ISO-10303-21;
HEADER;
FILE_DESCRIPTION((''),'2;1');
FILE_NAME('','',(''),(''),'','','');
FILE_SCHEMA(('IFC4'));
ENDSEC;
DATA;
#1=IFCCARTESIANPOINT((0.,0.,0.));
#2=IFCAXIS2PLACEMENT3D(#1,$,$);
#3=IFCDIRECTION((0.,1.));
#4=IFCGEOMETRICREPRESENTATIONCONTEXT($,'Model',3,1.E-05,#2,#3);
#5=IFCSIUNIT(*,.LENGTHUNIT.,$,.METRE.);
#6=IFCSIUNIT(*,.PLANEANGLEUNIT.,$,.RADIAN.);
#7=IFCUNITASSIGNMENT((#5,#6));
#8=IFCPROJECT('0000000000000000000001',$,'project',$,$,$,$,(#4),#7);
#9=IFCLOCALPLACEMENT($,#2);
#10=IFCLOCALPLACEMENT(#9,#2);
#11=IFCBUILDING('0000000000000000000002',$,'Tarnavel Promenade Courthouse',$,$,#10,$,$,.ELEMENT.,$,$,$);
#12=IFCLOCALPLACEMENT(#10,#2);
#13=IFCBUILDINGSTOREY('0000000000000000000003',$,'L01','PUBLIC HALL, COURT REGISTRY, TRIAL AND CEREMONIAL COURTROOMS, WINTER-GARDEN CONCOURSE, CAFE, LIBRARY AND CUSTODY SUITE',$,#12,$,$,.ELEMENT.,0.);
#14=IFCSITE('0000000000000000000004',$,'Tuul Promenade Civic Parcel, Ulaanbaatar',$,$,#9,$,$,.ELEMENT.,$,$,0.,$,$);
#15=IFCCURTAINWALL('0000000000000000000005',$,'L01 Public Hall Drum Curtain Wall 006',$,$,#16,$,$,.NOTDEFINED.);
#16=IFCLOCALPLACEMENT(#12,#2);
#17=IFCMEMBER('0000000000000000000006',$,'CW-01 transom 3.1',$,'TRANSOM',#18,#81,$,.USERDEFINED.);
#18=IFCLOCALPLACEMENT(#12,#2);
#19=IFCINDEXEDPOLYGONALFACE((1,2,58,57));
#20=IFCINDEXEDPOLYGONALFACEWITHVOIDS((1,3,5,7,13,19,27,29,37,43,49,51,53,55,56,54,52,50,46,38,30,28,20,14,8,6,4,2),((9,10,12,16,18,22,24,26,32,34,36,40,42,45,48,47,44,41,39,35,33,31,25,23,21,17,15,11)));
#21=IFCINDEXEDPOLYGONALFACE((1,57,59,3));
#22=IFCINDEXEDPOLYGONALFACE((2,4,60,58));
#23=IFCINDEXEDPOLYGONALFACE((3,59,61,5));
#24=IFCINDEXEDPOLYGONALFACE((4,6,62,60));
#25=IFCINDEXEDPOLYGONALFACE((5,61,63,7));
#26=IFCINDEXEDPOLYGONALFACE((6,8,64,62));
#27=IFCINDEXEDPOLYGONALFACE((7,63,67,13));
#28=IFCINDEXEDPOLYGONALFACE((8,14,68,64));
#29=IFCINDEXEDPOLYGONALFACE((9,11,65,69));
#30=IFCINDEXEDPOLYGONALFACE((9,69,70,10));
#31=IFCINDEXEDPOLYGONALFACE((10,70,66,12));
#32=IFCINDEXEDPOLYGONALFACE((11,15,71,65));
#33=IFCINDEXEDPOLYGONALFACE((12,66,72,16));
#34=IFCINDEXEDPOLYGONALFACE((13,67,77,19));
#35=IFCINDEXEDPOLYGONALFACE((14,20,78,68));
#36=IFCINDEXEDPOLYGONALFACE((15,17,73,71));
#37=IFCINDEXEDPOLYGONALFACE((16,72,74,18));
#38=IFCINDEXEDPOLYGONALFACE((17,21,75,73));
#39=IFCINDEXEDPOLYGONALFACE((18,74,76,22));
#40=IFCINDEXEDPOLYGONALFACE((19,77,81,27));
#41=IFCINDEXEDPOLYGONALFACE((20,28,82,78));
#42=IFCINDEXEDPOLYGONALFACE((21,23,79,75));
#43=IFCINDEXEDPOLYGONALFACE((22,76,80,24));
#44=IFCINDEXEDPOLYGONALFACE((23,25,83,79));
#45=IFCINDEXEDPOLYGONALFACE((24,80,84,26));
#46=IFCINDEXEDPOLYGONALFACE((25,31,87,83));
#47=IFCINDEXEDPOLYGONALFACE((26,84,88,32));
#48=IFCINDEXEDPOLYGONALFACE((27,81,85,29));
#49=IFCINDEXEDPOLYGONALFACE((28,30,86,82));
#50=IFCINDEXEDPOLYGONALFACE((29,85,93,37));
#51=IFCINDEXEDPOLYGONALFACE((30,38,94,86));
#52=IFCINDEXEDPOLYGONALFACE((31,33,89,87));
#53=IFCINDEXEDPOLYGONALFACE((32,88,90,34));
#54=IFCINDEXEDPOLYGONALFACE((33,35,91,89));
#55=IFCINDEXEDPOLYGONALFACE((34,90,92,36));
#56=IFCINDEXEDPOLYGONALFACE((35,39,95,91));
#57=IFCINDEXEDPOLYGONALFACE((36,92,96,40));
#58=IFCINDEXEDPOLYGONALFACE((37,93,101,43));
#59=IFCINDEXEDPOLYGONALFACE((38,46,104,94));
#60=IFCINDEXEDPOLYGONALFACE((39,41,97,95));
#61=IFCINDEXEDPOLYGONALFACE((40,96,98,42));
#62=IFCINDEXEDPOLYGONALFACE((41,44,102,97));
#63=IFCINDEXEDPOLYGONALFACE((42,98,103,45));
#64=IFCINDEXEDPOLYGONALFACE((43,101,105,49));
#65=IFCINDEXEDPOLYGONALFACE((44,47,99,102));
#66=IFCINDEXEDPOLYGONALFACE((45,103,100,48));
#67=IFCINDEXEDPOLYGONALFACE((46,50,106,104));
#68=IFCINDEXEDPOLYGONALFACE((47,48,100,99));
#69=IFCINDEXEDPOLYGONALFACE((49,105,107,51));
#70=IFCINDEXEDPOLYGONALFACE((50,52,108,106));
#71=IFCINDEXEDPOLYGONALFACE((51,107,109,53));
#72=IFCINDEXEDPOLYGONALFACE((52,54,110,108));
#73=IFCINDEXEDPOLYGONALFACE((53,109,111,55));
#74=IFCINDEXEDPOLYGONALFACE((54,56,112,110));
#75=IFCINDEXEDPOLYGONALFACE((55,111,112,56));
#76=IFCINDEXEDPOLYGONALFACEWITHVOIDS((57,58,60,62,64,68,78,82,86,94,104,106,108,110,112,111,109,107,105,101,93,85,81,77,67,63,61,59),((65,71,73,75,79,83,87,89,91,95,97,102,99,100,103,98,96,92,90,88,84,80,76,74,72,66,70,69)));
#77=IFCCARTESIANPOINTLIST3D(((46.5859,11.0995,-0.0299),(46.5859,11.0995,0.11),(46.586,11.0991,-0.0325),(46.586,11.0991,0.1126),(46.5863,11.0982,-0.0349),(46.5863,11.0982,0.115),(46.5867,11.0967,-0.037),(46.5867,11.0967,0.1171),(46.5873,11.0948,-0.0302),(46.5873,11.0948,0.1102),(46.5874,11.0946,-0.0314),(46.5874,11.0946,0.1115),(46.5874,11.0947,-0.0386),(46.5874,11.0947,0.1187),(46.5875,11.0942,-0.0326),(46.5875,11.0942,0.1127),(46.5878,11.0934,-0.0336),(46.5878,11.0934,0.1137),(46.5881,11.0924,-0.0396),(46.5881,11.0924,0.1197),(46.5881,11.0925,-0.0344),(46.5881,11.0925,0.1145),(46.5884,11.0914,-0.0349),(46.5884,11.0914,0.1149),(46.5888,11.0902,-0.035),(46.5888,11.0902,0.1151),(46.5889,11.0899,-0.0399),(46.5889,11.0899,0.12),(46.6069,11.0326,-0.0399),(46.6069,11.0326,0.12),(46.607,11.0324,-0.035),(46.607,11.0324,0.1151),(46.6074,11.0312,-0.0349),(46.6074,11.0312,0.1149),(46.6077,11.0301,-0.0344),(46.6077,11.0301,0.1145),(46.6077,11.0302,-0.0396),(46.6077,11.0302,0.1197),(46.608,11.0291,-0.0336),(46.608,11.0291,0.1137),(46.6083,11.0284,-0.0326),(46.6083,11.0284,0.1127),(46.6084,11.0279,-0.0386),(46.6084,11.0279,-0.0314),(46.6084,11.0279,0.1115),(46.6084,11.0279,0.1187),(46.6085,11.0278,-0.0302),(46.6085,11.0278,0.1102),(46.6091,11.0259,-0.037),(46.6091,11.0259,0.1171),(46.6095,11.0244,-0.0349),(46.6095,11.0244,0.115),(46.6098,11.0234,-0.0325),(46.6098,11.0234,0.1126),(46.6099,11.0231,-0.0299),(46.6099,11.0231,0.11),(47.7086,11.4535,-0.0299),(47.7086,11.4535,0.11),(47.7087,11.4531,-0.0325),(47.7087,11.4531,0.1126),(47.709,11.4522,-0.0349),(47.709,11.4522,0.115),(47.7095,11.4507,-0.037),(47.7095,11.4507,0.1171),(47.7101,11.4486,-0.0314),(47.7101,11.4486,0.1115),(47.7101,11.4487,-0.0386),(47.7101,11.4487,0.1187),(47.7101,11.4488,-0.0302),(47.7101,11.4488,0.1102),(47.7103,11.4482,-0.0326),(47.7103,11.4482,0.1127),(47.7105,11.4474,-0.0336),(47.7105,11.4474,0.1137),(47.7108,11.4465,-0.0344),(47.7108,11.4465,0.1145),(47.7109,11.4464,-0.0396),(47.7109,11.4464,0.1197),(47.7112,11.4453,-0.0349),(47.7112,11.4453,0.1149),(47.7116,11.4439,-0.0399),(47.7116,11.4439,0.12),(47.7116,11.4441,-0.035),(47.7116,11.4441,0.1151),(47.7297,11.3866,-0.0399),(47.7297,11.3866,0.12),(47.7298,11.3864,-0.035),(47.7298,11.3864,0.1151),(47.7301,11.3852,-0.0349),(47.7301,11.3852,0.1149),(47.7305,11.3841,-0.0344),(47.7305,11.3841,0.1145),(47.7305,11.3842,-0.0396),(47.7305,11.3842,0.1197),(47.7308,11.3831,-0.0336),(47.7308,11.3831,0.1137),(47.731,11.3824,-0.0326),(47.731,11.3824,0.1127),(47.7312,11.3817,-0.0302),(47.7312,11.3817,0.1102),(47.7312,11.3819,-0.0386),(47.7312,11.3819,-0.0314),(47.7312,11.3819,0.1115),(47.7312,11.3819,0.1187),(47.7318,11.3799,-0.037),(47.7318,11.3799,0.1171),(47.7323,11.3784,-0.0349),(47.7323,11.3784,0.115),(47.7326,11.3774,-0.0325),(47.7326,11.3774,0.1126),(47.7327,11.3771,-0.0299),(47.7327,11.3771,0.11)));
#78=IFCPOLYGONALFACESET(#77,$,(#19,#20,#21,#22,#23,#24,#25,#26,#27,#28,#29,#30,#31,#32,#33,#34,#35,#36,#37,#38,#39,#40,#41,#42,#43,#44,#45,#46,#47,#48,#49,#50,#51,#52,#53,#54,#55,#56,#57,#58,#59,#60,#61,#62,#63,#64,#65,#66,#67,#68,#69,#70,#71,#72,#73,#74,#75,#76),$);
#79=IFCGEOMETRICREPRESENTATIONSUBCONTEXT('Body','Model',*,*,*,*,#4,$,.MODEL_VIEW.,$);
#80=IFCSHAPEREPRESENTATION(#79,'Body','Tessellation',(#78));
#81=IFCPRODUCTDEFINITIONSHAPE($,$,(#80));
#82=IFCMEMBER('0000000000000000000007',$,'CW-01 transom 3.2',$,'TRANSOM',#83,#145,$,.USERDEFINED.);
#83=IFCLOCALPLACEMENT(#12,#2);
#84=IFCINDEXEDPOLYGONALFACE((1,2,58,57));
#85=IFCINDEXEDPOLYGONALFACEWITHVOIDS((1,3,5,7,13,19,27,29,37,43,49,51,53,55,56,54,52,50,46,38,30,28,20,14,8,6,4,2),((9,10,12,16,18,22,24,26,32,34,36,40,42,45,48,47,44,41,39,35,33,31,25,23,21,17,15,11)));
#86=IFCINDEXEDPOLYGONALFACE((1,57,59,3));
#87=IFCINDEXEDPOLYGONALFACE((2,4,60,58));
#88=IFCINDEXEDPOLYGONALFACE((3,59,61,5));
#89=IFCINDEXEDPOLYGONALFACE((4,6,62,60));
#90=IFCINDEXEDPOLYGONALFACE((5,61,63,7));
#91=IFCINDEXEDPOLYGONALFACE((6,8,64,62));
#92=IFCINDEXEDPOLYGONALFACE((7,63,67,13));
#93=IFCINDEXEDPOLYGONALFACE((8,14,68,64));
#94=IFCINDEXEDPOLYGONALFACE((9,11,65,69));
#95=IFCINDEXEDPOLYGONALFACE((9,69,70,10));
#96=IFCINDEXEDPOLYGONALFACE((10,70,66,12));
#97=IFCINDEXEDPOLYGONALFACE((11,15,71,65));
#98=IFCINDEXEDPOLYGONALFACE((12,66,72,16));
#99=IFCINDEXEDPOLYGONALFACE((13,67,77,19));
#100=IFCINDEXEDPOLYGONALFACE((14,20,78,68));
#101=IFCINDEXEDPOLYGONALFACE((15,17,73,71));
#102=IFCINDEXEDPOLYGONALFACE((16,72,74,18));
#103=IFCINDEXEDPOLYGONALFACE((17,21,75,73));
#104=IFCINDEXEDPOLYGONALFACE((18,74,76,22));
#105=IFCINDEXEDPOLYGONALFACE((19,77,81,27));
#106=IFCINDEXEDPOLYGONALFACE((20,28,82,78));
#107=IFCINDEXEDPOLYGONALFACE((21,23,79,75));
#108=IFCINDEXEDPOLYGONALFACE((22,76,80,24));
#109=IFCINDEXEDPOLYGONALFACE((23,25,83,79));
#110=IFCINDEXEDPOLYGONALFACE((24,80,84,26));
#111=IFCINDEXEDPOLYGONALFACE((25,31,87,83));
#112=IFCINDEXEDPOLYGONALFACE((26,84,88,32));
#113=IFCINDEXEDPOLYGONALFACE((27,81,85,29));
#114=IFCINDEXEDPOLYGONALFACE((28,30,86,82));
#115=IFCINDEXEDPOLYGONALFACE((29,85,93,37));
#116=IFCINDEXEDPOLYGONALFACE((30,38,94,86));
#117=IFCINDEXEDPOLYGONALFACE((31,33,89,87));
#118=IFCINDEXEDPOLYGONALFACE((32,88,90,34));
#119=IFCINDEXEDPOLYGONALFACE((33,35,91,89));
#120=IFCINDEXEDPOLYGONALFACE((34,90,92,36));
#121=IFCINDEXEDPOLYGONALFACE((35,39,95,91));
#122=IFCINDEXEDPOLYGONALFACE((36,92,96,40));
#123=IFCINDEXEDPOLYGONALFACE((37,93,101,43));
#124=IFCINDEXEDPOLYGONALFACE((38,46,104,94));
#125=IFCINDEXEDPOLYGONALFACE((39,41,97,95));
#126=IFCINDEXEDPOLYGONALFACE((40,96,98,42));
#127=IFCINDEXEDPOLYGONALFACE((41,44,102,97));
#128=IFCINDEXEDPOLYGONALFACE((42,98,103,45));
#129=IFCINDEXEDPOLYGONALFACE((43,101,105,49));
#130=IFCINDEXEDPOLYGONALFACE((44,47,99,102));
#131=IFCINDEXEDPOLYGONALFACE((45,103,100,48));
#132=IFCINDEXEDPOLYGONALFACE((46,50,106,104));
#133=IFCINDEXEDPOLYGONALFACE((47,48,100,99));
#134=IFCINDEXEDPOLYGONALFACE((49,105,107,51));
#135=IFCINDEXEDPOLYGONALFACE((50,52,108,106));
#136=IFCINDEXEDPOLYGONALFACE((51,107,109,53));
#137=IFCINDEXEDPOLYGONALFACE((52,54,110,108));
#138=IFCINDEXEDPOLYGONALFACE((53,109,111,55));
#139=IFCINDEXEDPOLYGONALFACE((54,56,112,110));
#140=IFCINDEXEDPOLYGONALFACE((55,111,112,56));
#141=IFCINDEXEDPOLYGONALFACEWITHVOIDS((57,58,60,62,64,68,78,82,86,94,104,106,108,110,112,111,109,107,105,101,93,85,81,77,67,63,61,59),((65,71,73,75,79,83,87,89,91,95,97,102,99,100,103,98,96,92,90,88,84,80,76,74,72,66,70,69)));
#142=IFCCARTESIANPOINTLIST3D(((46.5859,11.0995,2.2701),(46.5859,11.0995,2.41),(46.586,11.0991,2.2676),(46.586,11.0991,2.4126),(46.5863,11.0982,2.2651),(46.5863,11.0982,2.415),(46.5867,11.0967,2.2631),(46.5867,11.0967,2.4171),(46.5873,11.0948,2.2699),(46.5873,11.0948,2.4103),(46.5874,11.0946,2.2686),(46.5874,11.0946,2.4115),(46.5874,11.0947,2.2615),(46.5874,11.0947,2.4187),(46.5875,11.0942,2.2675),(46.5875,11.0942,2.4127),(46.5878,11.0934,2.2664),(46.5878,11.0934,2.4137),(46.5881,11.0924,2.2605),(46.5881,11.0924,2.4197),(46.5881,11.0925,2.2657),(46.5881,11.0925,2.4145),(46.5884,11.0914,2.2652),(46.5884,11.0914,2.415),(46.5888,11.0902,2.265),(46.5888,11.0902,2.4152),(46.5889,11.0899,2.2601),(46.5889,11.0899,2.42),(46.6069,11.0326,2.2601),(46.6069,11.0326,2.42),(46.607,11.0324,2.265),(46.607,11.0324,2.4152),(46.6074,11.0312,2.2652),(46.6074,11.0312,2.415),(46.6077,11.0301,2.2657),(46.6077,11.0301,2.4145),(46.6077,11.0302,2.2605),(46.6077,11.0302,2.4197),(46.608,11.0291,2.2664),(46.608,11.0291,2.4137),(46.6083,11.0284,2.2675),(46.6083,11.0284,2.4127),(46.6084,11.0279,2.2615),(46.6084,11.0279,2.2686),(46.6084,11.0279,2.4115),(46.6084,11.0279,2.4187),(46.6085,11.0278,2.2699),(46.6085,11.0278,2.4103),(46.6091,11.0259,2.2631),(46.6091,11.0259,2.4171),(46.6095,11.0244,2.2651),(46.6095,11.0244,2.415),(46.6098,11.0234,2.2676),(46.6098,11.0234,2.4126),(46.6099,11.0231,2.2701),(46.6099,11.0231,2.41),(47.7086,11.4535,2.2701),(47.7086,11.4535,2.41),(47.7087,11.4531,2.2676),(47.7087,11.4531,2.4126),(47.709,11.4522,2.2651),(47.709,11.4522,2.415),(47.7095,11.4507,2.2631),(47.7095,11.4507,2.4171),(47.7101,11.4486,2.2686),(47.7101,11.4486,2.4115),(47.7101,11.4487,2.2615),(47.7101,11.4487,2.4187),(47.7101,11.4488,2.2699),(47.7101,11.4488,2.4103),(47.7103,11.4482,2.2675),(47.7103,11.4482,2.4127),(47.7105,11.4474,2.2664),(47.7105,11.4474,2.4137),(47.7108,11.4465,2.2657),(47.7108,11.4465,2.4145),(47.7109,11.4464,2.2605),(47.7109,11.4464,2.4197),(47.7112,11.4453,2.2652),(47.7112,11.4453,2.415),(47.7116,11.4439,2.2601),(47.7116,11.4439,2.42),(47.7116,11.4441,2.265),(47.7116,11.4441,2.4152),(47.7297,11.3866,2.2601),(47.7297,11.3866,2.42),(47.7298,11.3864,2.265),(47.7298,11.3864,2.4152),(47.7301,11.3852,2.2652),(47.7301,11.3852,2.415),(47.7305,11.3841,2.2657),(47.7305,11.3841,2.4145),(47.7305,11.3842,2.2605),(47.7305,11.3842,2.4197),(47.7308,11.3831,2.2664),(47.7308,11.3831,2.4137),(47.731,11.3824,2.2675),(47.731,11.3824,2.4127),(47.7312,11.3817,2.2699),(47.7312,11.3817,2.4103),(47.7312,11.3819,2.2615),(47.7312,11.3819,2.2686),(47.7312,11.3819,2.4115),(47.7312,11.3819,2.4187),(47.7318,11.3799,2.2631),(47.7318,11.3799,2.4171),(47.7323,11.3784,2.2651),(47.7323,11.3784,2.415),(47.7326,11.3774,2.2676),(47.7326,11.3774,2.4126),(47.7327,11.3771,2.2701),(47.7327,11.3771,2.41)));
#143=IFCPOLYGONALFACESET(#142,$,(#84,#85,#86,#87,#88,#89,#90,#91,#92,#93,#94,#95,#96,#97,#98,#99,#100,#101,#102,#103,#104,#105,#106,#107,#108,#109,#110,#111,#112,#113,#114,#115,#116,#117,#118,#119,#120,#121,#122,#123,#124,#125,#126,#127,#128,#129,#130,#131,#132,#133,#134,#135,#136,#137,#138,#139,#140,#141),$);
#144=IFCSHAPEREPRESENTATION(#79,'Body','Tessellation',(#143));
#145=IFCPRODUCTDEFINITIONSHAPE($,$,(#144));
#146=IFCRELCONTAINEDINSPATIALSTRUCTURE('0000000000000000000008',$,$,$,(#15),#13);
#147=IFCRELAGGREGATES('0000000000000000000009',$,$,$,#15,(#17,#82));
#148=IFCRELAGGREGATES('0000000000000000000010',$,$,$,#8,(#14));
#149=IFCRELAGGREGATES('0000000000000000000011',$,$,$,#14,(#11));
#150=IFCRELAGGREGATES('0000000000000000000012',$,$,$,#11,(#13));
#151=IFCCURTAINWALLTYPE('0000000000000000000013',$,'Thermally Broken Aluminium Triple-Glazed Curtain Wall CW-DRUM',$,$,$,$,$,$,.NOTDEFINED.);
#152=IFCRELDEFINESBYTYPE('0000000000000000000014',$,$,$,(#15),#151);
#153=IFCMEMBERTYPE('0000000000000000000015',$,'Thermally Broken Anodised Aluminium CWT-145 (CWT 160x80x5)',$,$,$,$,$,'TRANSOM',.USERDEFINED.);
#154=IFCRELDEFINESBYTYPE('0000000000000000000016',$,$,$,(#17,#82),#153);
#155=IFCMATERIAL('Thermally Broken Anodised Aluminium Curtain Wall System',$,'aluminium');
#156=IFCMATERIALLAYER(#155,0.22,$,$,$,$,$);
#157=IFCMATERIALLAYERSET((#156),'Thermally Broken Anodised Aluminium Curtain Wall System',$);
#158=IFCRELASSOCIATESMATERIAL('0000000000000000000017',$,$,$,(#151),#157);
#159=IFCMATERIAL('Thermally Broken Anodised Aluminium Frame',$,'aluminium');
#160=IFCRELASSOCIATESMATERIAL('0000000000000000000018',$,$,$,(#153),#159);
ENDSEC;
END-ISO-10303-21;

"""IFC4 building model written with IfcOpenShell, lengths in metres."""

from ifc_helpers import new_model, si_unit, direction, frame, origin, origin_2d, place, context, subcontext, project, spatial, hollow_rectangle, extrude, material, layer, layer_set, material_profile, profile_set, type_object, element, aggregate, save


model = new_model("IFC4")

# Units and contexts
model_context = context("Model", 3, precision=1e-05, world=origin(), true_north=direction((0.0, 1.0)))
body_context = subcontext(model_context, "Body", "Model", "MODEL_VIEW")
ifc_project = project(units=[si_unit("LENGTHUNIT", "METRE"), si_unit("PLANEANGLEUNIT", "RADIAN")], contexts=[model_context])

# Site, building, storey
site_placement = place(None, origin())
site = spatial("IfcSite", under=ifc_project, at=site_placement, Name="Tuul Promenade Civic Parcel, Ulaanbaatar", CompositionType="ELEMENT", RefElevation=0.0)
building_placement = place(site_placement, origin())
building = spatial("IfcBuilding", under=site, at=building_placement, Name="Tarnavel Promenade Courthouse", CompositionType="ELEMENT")
storey_placement = place(building_placement, origin())
storey = spatial("IfcBuildingStorey", under=building, at=storey_placement, Name="L01", Description="PUBLIC HALL, COURT REGISTRY, TRIAL AND CEREMONIAL COURTROOMS, WINTER-GARDEN CONCOURSE, CAFE, LIBRARY AND CUSTODY SUITE", CompositionType="ELEMENT", Elevation=0.0)

# Curtain wall
ifc_material_1 = material(Name="Thermally Broken Anodised Aluminium Curtain Wall System", Category="aluminium")
ifc_layer_1 = layer(ifc_material_1, 0.22)
ifc_layer_set_1 = layer_set([ifc_layer_1], Name="Thermally Broken Anodised Aluminium Curtain Wall System")
curtain_wall_type = type_object("IfcCurtainWallType", Name="Thermally Broken Aluminium Triple-Glazed Curtain Wall CW-DRUM", PredefinedType="NOTDEFINED", material=ifc_layer_set_1)
curtain_wall_1_placement = place(storey_placement, origin())
curtain_wall_1 = element("IfcCurtainWall", 1, at=curtain_wall_1_placement, inside=storey, type_object=curtain_wall_type, Name="L01 Public Hall Drum Curtain Wall 006", PredefinedType="NOTDEFINED")
ifc_material_2 = material(Name="Thermally Broken Anodised Aluminium Frame", Category="aluminium")

# Members
ifc_material_profile_1 = material_profile(ifc_material_2, hollow_rectangle(XDim=0.0801, YDim=0.1599, WallThickness=0.0049, InnerFilletRadius=0.0049, OuterFilletRadius=0.01, at=origin_2d()), Name="CWT 160x80x5")
ifc_profile_set_1 = profile_set([ifc_material_profile_1], Name="Thermally Broken Anodised Aluminium Frame")
member_type_1 = type_object("IfcMemberType", Name="Thermally Broken Anodised Aluminium CWT-145 (CWT 160x80x5)", ElementType="TRANSOM", PredefinedType="USERDEFINED", material=ifc_profile_set_1)
member_1_placement = place(storey_placement, frame((46.5979, 11.0613, 0.04), z_axis=(0.95372, 0.300695, 0.0), x_axis=(-0.300695, 0.95372, 0.0)))
member_1 = element("IfcMember", 2, at=member_1_placement, type_object=member_type_1, Name="CW-01 transom 3.1", ObjectType="TRANSOM", PredefinedType="USERDEFINED", context=body_context, shape_type="SweptSolid", body=[
    extrude(hollow_rectangle(XDim=0.0801, YDim=0.1599, WallThickness=0.0049, InnerFilletRadius=0.0049, OuterFilletRadius=0.01, at=origin_2d()), origin(), (0.0, 0.0, 1.0), 1.1772),
])
member_2_placement = place(storey_placement, frame((46.5979, 11.0613, 2.3401), z_axis=(0.95372, 0.300695, 0.0), x_axis=(-0.300695, 0.95372, 0.0)))
member_2 = element("IfcMember", 3, at=member_2_placement, type_object=member_type_1, Name="CW-01 transom 3.2", ObjectType="TRANSOM", PredefinedType="USERDEFINED", context=body_context, shape_type="SweptSolid", body=[
    extrude(hollow_rectangle(XDim=0.0801, YDim=0.1599, WallThickness=0.0049, InnerFilletRadius=0.0049, OuterFilletRadius=0.01, at=origin_2d()), origin(), (0.0, 0.0, 1.0), 1.1772),
])

aggregate(curtain_wall_1, [member_1, member_2])

save(model, "model.ifc")
